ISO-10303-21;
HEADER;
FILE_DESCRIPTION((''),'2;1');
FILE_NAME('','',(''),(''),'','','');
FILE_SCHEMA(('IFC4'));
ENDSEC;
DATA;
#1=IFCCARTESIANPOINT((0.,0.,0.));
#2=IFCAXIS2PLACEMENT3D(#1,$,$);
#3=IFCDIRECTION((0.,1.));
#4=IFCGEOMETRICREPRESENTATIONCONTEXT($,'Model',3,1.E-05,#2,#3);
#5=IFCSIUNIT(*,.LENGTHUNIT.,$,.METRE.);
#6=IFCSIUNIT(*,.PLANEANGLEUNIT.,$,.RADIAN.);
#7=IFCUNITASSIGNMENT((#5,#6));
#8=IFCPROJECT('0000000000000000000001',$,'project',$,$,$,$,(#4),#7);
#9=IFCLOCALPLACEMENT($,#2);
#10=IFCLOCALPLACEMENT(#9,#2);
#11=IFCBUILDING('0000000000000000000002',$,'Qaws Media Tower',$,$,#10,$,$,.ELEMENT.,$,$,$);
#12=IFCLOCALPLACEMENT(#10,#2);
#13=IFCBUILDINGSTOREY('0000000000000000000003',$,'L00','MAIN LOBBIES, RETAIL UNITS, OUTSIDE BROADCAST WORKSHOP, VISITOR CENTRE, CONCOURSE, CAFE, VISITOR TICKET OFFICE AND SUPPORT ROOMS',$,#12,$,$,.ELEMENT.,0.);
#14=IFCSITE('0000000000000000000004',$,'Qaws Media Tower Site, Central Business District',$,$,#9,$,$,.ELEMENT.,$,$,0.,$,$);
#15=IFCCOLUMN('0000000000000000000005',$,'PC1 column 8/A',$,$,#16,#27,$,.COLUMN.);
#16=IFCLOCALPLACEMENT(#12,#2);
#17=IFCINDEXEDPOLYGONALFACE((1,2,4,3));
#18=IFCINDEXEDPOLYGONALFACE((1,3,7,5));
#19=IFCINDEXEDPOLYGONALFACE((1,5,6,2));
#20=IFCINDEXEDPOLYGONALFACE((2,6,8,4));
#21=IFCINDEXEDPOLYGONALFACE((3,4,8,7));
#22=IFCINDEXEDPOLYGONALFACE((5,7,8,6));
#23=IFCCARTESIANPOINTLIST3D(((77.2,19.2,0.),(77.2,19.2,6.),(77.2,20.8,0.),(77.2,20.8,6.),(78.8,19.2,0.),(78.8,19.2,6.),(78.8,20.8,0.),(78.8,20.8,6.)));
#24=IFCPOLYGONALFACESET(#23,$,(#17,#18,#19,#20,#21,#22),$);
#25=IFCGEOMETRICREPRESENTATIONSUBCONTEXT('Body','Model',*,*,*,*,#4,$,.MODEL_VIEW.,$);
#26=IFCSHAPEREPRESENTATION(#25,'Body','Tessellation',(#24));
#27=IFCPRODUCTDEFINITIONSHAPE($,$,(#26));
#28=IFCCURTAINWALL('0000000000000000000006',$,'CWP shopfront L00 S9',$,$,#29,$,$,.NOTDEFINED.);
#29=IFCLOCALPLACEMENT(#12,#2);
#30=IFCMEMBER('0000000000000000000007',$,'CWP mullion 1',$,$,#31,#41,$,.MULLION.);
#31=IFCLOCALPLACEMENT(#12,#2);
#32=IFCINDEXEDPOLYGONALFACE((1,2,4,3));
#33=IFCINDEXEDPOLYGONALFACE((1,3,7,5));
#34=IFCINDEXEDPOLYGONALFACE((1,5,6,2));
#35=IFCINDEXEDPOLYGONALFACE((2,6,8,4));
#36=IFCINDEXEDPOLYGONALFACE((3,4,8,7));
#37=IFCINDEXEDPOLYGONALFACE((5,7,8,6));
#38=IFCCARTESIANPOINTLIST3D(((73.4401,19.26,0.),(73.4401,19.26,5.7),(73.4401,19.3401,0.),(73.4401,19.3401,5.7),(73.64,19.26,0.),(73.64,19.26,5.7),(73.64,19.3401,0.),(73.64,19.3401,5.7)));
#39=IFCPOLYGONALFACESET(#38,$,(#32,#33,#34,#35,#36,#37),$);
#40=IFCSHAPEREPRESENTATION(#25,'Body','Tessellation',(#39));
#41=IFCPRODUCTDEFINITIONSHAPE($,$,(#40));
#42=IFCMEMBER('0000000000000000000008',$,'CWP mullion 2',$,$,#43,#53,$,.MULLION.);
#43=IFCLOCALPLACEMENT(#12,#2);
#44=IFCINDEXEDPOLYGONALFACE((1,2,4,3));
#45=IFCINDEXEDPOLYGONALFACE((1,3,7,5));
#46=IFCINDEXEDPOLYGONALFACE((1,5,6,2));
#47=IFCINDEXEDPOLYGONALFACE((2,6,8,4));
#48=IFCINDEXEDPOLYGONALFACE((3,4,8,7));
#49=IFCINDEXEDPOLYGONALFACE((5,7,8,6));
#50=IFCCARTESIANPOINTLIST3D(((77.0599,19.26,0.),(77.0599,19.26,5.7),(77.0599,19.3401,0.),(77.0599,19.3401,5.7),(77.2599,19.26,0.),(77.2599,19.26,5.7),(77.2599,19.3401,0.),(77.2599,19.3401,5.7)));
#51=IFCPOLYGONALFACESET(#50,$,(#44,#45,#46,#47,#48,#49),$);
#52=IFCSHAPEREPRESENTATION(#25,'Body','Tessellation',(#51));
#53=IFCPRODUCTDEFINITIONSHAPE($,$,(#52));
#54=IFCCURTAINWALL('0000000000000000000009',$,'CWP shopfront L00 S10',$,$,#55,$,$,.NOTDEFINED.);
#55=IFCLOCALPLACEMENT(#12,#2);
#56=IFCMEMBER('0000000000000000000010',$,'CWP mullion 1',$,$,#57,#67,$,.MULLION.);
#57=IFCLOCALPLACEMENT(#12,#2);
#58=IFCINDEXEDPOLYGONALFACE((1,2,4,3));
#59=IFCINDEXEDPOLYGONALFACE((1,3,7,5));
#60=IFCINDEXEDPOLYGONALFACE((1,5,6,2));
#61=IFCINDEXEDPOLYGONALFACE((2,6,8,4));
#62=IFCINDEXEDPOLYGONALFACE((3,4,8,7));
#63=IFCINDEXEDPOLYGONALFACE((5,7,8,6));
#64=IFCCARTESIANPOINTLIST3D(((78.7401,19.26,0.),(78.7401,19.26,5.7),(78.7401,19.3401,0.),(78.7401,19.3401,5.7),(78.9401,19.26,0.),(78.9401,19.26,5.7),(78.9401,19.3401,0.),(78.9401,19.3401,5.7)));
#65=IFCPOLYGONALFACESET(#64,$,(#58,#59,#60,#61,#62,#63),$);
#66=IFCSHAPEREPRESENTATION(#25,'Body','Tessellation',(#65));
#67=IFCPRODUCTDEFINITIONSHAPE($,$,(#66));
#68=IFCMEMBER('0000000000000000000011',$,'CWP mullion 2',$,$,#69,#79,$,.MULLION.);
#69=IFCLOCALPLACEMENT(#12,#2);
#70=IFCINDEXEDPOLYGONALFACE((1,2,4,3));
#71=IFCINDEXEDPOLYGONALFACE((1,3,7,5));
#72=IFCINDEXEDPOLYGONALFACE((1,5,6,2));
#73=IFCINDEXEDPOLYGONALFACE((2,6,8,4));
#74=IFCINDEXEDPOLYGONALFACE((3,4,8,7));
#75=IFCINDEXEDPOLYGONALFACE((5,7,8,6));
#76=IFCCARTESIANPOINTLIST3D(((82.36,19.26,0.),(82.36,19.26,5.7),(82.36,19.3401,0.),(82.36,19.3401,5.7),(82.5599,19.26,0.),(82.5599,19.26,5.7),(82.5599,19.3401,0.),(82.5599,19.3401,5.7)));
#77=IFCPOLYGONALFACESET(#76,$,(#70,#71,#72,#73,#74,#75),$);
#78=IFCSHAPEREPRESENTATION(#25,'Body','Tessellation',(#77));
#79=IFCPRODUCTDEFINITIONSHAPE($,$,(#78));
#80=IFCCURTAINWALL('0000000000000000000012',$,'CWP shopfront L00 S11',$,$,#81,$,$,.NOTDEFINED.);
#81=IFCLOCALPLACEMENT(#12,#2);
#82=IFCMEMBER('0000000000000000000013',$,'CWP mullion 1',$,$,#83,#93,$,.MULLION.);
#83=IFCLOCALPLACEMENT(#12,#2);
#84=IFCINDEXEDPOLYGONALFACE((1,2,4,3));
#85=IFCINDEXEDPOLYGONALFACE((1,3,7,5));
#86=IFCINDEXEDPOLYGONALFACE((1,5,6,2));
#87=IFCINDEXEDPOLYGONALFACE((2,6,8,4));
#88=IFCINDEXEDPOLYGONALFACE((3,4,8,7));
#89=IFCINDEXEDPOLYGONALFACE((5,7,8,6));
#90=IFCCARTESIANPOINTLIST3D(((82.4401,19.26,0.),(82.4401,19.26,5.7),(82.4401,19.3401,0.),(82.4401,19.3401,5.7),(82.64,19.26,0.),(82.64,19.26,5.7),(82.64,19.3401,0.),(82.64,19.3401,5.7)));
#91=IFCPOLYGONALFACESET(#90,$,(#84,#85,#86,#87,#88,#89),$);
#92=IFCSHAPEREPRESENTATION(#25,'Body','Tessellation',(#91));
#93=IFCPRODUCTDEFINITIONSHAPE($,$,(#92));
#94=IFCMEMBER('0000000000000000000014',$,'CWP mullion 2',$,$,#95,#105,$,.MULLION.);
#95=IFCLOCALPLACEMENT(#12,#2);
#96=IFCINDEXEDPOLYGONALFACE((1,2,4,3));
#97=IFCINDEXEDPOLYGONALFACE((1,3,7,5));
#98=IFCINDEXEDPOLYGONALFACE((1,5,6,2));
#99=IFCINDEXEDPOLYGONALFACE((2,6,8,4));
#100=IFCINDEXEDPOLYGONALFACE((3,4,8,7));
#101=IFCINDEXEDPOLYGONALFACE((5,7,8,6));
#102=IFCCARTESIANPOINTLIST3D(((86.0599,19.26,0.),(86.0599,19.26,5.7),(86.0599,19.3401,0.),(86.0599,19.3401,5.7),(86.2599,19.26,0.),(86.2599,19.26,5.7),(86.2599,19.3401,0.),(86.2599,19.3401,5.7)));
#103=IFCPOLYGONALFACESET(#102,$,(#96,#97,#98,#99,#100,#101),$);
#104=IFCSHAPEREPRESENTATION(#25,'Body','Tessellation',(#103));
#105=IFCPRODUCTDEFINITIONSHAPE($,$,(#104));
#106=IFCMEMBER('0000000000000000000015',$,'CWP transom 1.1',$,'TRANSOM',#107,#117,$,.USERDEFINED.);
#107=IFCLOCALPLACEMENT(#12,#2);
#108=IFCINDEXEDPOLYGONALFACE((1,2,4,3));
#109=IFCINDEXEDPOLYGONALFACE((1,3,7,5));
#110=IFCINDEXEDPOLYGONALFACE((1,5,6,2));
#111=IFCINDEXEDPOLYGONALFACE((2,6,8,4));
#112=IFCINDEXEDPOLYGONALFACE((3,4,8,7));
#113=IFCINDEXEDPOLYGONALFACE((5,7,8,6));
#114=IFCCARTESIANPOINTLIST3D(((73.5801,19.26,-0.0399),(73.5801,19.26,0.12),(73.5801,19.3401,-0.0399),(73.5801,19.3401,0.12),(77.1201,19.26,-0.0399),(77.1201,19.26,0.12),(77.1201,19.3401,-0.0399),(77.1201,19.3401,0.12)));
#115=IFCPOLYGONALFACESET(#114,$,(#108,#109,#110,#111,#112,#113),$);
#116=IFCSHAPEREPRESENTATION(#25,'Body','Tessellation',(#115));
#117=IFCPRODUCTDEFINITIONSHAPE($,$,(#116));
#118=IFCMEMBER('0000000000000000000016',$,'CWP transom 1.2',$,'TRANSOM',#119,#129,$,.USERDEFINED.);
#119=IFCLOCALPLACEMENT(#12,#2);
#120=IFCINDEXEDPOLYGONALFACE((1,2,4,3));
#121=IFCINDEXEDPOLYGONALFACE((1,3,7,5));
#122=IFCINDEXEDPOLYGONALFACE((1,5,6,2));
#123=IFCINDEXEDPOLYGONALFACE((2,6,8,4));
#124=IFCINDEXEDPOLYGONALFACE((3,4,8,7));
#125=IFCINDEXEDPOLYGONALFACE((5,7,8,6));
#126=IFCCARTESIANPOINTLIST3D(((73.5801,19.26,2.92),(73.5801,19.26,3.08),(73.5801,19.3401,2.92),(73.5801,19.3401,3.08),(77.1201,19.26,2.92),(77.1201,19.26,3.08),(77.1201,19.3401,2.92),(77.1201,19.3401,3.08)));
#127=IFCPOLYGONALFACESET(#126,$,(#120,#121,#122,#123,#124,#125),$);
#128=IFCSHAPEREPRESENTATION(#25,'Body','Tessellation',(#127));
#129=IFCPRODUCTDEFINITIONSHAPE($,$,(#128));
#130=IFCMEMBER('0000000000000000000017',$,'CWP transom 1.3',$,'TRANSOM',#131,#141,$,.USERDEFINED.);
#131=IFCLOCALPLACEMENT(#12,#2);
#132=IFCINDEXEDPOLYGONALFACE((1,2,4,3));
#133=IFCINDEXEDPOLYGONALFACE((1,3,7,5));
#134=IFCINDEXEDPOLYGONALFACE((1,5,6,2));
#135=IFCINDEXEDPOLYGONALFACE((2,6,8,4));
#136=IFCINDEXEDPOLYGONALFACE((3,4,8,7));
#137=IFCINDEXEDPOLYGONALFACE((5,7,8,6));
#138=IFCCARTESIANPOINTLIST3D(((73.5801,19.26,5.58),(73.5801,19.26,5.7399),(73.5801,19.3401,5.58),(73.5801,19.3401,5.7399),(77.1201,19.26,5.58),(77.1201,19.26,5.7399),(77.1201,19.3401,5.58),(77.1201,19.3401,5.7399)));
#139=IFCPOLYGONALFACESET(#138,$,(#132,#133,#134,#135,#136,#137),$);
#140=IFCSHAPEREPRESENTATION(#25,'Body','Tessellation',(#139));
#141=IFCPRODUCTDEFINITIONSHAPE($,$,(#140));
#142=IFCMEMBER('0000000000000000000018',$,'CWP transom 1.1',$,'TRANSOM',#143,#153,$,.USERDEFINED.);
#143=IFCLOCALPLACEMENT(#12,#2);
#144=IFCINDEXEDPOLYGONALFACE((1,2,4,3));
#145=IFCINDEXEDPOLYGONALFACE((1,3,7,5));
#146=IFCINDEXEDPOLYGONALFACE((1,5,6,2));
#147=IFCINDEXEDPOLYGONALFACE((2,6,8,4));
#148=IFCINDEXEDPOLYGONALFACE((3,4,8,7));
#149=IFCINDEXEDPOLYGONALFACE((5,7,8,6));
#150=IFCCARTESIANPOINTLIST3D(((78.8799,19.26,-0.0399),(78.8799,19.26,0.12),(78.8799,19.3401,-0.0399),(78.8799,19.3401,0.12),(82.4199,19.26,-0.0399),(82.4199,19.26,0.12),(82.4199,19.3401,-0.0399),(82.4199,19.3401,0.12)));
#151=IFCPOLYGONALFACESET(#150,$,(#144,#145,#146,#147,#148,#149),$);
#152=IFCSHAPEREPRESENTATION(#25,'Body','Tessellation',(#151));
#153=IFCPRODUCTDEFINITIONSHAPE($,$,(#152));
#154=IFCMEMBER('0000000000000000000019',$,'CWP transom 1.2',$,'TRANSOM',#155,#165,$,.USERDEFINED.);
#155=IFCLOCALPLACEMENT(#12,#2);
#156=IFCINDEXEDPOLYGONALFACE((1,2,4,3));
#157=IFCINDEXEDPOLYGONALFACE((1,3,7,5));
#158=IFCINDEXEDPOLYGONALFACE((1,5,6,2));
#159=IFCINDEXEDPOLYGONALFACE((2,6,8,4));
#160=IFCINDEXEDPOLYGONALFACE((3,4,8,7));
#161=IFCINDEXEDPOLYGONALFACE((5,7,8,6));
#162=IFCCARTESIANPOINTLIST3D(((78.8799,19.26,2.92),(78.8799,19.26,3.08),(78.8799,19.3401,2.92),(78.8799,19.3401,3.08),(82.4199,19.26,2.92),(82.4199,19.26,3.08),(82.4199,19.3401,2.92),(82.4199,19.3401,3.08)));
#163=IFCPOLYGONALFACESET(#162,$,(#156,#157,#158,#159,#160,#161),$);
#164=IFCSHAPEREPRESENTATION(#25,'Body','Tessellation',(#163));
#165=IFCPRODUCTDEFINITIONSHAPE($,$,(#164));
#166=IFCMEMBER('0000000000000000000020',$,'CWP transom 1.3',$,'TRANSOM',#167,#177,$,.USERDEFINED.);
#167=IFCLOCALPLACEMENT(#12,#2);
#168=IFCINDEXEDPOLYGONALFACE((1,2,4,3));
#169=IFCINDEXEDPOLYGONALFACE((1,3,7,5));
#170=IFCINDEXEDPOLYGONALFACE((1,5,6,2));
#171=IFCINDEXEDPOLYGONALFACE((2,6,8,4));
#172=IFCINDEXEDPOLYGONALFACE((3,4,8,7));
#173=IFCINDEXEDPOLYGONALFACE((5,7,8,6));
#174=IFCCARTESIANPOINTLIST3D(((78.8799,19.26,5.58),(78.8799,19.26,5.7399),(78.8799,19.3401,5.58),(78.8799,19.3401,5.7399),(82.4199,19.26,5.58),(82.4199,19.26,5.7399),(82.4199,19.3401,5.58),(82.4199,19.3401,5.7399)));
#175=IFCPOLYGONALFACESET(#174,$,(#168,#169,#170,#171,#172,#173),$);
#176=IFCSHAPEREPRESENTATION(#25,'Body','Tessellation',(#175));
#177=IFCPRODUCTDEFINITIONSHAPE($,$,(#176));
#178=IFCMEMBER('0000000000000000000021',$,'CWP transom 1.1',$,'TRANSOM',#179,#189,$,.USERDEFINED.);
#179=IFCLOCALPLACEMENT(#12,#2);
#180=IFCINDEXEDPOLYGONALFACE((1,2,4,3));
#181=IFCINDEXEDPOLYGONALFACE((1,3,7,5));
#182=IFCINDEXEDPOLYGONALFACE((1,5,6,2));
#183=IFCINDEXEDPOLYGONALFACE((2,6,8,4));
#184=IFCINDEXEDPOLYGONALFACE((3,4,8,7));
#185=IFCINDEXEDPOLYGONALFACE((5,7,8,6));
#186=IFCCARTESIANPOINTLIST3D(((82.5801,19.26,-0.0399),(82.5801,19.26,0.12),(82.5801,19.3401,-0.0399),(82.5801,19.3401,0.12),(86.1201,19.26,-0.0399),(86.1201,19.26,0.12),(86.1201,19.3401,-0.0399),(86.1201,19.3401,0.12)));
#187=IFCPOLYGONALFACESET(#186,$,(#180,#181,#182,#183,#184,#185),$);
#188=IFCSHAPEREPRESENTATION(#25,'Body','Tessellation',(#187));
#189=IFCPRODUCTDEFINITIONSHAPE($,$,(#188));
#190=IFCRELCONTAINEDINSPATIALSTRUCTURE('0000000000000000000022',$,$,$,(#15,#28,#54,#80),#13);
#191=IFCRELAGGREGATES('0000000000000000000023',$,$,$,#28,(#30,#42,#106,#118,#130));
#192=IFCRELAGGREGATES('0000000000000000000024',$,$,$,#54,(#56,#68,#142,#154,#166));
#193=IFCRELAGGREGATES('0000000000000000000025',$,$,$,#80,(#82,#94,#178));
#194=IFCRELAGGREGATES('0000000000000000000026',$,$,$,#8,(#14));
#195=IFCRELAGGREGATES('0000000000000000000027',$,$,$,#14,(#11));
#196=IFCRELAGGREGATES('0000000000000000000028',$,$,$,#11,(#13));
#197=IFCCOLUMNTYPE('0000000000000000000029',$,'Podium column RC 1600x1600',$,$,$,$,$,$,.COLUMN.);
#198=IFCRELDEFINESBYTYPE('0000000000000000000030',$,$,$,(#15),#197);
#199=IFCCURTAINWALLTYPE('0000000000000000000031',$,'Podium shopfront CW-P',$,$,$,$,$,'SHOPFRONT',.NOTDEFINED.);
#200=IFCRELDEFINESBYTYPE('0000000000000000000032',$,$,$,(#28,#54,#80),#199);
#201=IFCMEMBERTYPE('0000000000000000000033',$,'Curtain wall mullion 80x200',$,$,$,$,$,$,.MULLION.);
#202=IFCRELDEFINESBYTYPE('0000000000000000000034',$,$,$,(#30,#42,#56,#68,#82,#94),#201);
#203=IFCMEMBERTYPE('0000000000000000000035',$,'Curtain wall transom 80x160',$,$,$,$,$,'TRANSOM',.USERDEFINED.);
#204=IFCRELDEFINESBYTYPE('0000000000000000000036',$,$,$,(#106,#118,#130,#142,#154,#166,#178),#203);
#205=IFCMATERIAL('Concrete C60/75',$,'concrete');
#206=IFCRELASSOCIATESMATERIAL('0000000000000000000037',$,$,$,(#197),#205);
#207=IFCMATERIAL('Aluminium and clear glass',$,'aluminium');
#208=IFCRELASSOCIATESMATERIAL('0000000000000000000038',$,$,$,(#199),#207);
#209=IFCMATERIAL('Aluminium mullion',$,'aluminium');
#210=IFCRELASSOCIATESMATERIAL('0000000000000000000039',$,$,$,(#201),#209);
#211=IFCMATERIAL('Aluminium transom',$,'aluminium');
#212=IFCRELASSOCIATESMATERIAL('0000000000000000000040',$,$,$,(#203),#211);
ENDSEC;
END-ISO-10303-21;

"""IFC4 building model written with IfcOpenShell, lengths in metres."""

from ifc_helpers import new_model, si_unit, direction, frame, origin, origin_2d, place, context, subcontext, project, spatial, rectangle, extrude, material, material_profile, profile_set, type_object, element, aggregate, save


model = new_model("IFC4")

# Units and contexts
model_context = context("Model", 3, precision=1e-05, world=origin(), true_north=direction((0.0, 1.0)))
body_context = subcontext(model_context, "Body", "Model", "MODEL_VIEW")
ifc_project = project(units=[si_unit("LENGTHUNIT", "METRE"), si_unit("PLANEANGLEUNIT", "RADIAN")], contexts=[model_context])

# Site, building, storey
site_placement = place(None, origin())
site = spatial("IfcSite", under=ifc_project, at=site_placement, Name="Qaws Media Tower Site, Central Business District", CompositionType="ELEMENT", RefElevation=0.0)
building_placement = place(site_placement, origin())
building = spatial("IfcBuilding", under=site, at=building_placement, Name="Qaws Media Tower", CompositionType="ELEMENT")
storey_placement = place(building_placement, origin())
storey = spatial("IfcBuildingStorey", under=building, at=storey_placement, Name="L00", Description="MAIN LOBBIES, RETAIL UNITS, OUTSIDE BROADCAST WORKSHOP, VISITOR CENTRE, CONCOURSE, CAFE, VISITOR TICKET OFFICE AND SUPPORT ROOMS", CompositionType="ELEMENT", Elevation=0.0)

# Column
ifc_material_1 = material(Name="Concrete C60/75", Category="concrete")
ifc_material_profile_1 = material_profile(ifc_material_1, rectangle(XDim=1.6001, YDim=1.6001, at=origin_2d()), Name="RC 1600x1600")
ifc_profile_set_1 = profile_set([ifc_material_profile_1], Name="Concrete C60/75")
column_type = type_object("IfcColumnType", Name="Podium column RC 1600x1600", PredefinedType="COLUMN", material=ifc_profile_set_1)
column_placement = place(storey_placement, frame((78.0, 20.0, 0.0), z_axis=(0.0, 0.0, 1.0), x_axis=(1.0, 0.0, 0.0)))
element("IfcColumn", 1, at=column_placement, inside=storey, type_object=column_type, Name="PC1 column 8/A", PredefinedType="COLUMN", context=body_context, shape_type="SweptSolid", body=[
    extrude(rectangle(XDim=1.6001, YDim=1.6001, at=origin_2d()), origin(), (0.0, 0.0, 1.0), 6.0),
])

# Curtain walls, members
ifc_material_2 = material(Name="Aluminium and clear glass", Category="aluminium")
curtain_wall_type = type_object("IfcCurtainWallType", Name="Podium shopfront CW-P", ElementType="SHOPFRONT", PredefinedType="NOTDEFINED", material=ifc_material_2)
curtain_wall_1_placement = place(storey_placement, origin())
curtain_wall_1 = element("IfcCurtainWall", 2, at=curtain_wall_1_placement, inside=storey, type_object=curtain_wall_type, Name="CWP shopfront L00 S9", PredefinedType="NOTDEFINED")
ifc_material_3 = material(Name="Aluminium mullion", Category="aluminium")
ifc_material_profile_2 = material_profile(ifc_material_3, rectangle(XDim=0.0801, YDim=0.2, at=origin_2d()), Name="80x200")
ifc_profile_set_2 = profile_set([ifc_material_profile_2], Name="Aluminium mullion")
member_type_1 = type_object("IfcMemberType", Name="Curtain wall mullion 80x200", PredefinedType="MULLION", material=ifc_profile_set_2)
member_1_placement = place(storey_placement, frame((73.54, 19.3, 0.0), z_axis=(0.0, 0.0, 1.0), x_axis=(0.0, 1.0, 0.0)))
member_1 = element("IfcMember", 3, at=member_1_placement, type_object=member_type_1, Name="CWP mullion 1", PredefinedType="MULLION", context=body_context, shape_type="SweptSolid", body=[
    extrude(rectangle(XDim=0.0801, YDim=0.2, at=origin_2d()), origin(), (0.0, 0.0, 1.0), 5.7),
])
member_2_placement = place(storey_placement, frame((77.1599, 19.3, 0.0), z_axis=(0.0, 0.0, 1.0), x_axis=(0.0, 1.0, 0.0)))
member_2 = element("IfcMember", 4, at=member_2_placement, type_object=member_type_1, Name="CWP mullion 2", PredefinedType="MULLION", context=body_context, shape_type="SweptSolid", body=[
    extrude(rectangle(XDim=0.0801, YDim=0.2, at=origin_2d()), origin(), (0.0, 0.0, 1.0), 5.7),
])
curtain_wall_2_placement = place(storey_placement, origin())
curtain_wall_2 = element("IfcCurtainWall", 5, at=curtain_wall_2_placement, inside=storey, type_object=curtain_wall_type, Name="CWP shopfront L00 S10", PredefinedType="NOTDEFINED")
member_3_placement = place(storey_placement, frame((78.8401, 19.3, 0.0), z_axis=(0.0, 0.0, 1.0), x_axis=(0.0, 1.0, 0.0)))
member_3 = element("IfcMember", 6, at=member_3_placement, type_object=member_type_1, Name="CWP mullion 1", PredefinedType="MULLION", context=body_context, shape_type="SweptSolid", body=[
    extrude(rectangle(XDim=0.0801, YDim=0.2, at=origin_2d()), origin(), (0.0, 0.0, 1.0), 5.7),
])
member_4_placement = place(storey_placement, frame((82.46, 19.3, 0.0), z_axis=(0.0, 0.0, 1.0), x_axis=(0.0, 1.0, 0.0)))
member_4 = element("IfcMember", 7, at=member_4_placement, type_object=member_type_1, Name="CWP mullion 2", PredefinedType="MULLION", context=body_context, shape_type="SweptSolid", body=[
    extrude(rectangle(XDim=0.0801, YDim=0.2, at=origin_2d()), origin(), (0.0, 0.0, 1.0), 5.7),
])
curtain_wall_3_placement = place(storey_placement, origin())
curtain_wall_3 = element("IfcCurtainWall", 8, at=curtain_wall_3_placement, inside=storey, type_object=curtain_wall_type, Name="CWP shopfront L00 S11", PredefinedType="NOTDEFINED")
member_5_placement = place(storey_placement, frame((82.54, 19.3, 0.0), z_axis=(0.0, 0.0, 1.0), x_axis=(0.0, 1.0, 0.0)))
member_5 = element("IfcMember", 9, at=member_5_placement, type_object=member_type_1, Name="CWP mullion 1", PredefinedType="MULLION", context=body_context, shape_type="SweptSolid", body=[
    extrude(rectangle(XDim=0.0801, YDim=0.2, at=origin_2d()), origin(), (0.0, 0.0, 1.0), 5.7),
])
member_6_placement = place(storey_placement, frame((86.1599, 19.3, 0.0), z_axis=(0.0, 0.0, 1.0), x_axis=(0.0, 1.0, 0.0)))
member_6 = element("IfcMember", 10, at=member_6_placement, type_object=member_type_1, Name="CWP mullion 2", PredefinedType="MULLION", context=body_context, shape_type="SweptSolid", body=[
    extrude(rectangle(XDim=0.0801, YDim=0.2, at=origin_2d()), origin(), (0.0, 0.0, 1.0), 5.7),
])

# Members
ifc_material_4 = material(Name="Aluminium transom", Category="aluminium")
ifc_material_profile_3 = material_profile(ifc_material_4, rectangle(XDim=0.0801, YDim=0.1599, at=origin_2d()), Name="80x160")
ifc_profile_set_3 = profile_set([ifc_material_profile_3], Name="Aluminium transom")
member_type_2 = type_object("IfcMemberType", Name="Curtain wall transom 80x160", ElementType="TRANSOM", PredefinedType="USERDEFINED", material=ifc_profile_set_3)
member_7_placement = place(storey_placement, frame((73.5801, 19.3, 0.04), z_axis=(1.0, 0.0, 0.0), x_axis=(0.0, 1.0, 0.0)))
member_7 = element("IfcMember", 11, at=member_7_placement, type_object=member_type_2, Name="CWP transom 1.1", ObjectType="TRANSOM", PredefinedType="USERDEFINED", context=body_context, shape_type="SweptSolid", body=[
    extrude(rectangle(XDim=0.0801, YDim=0.1599, at=origin_2d()), origin(), (0.0, 0.0, 1.0), 3.54),
])
member_8_placement = place(storey_placement, frame((73.5801, 19.3, 3.0), z_axis=(1.0, 0.0, 0.0), x_axis=(0.0, 1.0, 0.0)))
member_8 = element("IfcMember", 12, at=member_8_placement, type_object=member_type_2, Name="CWP transom 1.2", ObjectType="TRANSOM", PredefinedType="USERDEFINED", context=body_context, shape_type="SweptSolid", body=[
    extrude(rectangle(XDim=0.0801, YDim=0.1599, at=origin_2d()), origin(), (0.0, 0.0, 1.0), 3.54),
])
member_9_placement = place(storey_placement, frame((73.5801, 19.3, 5.6599), z_axis=(1.0, 0.0, 0.0), x_axis=(0.0, 1.0, 0.0)))
member_9 = element("IfcMember", 13, at=member_9_placement, type_object=member_type_2, Name="CWP transom 1.3", ObjectType="TRANSOM", PredefinedType="USERDEFINED", context=body_context, shape_type="SweptSolid", body=[
    extrude(rectangle(XDim=0.0801, YDim=0.1599, at=origin_2d()), origin(), (0.0, 0.0, 1.0), 3.54),
])
member_10_placement = place(storey_placement, frame((78.8799, 19.3, 0.04), z_axis=(1.0, 0.0, 0.0), x_axis=(0.0, 1.0, 0.0)))
member_10 = element("IfcMember", 14, at=member_10_placement, type_object=member_type_2, Name="CWP transom 1.1", ObjectType="TRANSOM", PredefinedType="USERDEFINED", context=body_context, shape_type="SweptSolid", body=[
    extrude(rectangle(XDim=0.0801, YDim=0.1599, at=origin_2d()), origin(), (0.0, 0.0, 1.0), 3.54),
])
member_11_placement = place(storey_placement, frame((78.8799, 19.3, 3.0), z_axis=(1.0, 0.0, 0.0), x_axis=(0.0, 1.0, 0.0)))
member_11 = element("IfcMember", 15, at=member_11_placement, type_object=member_type_2, Name="CWP transom 1.2", ObjectType="TRANSOM", PredefinedType="USERDEFINED", context=body_context, shape_type="SweptSolid", body=[
    extrude(rectangle(XDim=0.0801, YDim=0.1599, at=origin_2d()), origin(), (0.0, 0.0, 1.0), 3.54),
])
member_12_placement = place(storey_placement, frame((78.8799, 19.3, 5.6599), z_axis=(1.0, 0.0, 0.0), x_axis=(0.0, 1.0, 0.0)))
member_12 = element("IfcMember", 16, at=member_12_placement, type_object=member_type_2, Name="CWP transom 1.3", ObjectType="TRANSOM", PredefinedType="USERDEFINED", context=body_context, shape_type="SweptSolid", body=[
    extrude(rectangle(XDim=0.0801, YDim=0.1599, at=origin_2d()), origin(), (0.0, 0.0, 1.0), 3.54),
])
member_13_placement = place(storey_placement, frame((82.5801, 19.3, 0.04), z_axis=(1.0, 0.0, 0.0), x_axis=(0.0, 1.0, 0.0)))
member_13 = element("IfcMember", 17, at=member_13_placement, type_object=member_type_2, Name="CWP transom 1.1", ObjectType="TRANSOM", PredefinedType="USERDEFINED", context=body_context, shape_type="SweptSolid", body=[
    extrude(rectangle(XDim=0.0801, YDim=0.1599, at=origin_2d()), origin(), (0.0, 0.0, 1.0), 3.54),
])

aggregate(curtain_wall_1, [member_1, member_2, member_7, member_8, member_9])
aggregate(curtain_wall_2, [member_3, member_4, member_10, member_11, member_12])
aggregate(curtain_wall_3, [member_5, member_6, member_13])

save(model, "model.ifc")
